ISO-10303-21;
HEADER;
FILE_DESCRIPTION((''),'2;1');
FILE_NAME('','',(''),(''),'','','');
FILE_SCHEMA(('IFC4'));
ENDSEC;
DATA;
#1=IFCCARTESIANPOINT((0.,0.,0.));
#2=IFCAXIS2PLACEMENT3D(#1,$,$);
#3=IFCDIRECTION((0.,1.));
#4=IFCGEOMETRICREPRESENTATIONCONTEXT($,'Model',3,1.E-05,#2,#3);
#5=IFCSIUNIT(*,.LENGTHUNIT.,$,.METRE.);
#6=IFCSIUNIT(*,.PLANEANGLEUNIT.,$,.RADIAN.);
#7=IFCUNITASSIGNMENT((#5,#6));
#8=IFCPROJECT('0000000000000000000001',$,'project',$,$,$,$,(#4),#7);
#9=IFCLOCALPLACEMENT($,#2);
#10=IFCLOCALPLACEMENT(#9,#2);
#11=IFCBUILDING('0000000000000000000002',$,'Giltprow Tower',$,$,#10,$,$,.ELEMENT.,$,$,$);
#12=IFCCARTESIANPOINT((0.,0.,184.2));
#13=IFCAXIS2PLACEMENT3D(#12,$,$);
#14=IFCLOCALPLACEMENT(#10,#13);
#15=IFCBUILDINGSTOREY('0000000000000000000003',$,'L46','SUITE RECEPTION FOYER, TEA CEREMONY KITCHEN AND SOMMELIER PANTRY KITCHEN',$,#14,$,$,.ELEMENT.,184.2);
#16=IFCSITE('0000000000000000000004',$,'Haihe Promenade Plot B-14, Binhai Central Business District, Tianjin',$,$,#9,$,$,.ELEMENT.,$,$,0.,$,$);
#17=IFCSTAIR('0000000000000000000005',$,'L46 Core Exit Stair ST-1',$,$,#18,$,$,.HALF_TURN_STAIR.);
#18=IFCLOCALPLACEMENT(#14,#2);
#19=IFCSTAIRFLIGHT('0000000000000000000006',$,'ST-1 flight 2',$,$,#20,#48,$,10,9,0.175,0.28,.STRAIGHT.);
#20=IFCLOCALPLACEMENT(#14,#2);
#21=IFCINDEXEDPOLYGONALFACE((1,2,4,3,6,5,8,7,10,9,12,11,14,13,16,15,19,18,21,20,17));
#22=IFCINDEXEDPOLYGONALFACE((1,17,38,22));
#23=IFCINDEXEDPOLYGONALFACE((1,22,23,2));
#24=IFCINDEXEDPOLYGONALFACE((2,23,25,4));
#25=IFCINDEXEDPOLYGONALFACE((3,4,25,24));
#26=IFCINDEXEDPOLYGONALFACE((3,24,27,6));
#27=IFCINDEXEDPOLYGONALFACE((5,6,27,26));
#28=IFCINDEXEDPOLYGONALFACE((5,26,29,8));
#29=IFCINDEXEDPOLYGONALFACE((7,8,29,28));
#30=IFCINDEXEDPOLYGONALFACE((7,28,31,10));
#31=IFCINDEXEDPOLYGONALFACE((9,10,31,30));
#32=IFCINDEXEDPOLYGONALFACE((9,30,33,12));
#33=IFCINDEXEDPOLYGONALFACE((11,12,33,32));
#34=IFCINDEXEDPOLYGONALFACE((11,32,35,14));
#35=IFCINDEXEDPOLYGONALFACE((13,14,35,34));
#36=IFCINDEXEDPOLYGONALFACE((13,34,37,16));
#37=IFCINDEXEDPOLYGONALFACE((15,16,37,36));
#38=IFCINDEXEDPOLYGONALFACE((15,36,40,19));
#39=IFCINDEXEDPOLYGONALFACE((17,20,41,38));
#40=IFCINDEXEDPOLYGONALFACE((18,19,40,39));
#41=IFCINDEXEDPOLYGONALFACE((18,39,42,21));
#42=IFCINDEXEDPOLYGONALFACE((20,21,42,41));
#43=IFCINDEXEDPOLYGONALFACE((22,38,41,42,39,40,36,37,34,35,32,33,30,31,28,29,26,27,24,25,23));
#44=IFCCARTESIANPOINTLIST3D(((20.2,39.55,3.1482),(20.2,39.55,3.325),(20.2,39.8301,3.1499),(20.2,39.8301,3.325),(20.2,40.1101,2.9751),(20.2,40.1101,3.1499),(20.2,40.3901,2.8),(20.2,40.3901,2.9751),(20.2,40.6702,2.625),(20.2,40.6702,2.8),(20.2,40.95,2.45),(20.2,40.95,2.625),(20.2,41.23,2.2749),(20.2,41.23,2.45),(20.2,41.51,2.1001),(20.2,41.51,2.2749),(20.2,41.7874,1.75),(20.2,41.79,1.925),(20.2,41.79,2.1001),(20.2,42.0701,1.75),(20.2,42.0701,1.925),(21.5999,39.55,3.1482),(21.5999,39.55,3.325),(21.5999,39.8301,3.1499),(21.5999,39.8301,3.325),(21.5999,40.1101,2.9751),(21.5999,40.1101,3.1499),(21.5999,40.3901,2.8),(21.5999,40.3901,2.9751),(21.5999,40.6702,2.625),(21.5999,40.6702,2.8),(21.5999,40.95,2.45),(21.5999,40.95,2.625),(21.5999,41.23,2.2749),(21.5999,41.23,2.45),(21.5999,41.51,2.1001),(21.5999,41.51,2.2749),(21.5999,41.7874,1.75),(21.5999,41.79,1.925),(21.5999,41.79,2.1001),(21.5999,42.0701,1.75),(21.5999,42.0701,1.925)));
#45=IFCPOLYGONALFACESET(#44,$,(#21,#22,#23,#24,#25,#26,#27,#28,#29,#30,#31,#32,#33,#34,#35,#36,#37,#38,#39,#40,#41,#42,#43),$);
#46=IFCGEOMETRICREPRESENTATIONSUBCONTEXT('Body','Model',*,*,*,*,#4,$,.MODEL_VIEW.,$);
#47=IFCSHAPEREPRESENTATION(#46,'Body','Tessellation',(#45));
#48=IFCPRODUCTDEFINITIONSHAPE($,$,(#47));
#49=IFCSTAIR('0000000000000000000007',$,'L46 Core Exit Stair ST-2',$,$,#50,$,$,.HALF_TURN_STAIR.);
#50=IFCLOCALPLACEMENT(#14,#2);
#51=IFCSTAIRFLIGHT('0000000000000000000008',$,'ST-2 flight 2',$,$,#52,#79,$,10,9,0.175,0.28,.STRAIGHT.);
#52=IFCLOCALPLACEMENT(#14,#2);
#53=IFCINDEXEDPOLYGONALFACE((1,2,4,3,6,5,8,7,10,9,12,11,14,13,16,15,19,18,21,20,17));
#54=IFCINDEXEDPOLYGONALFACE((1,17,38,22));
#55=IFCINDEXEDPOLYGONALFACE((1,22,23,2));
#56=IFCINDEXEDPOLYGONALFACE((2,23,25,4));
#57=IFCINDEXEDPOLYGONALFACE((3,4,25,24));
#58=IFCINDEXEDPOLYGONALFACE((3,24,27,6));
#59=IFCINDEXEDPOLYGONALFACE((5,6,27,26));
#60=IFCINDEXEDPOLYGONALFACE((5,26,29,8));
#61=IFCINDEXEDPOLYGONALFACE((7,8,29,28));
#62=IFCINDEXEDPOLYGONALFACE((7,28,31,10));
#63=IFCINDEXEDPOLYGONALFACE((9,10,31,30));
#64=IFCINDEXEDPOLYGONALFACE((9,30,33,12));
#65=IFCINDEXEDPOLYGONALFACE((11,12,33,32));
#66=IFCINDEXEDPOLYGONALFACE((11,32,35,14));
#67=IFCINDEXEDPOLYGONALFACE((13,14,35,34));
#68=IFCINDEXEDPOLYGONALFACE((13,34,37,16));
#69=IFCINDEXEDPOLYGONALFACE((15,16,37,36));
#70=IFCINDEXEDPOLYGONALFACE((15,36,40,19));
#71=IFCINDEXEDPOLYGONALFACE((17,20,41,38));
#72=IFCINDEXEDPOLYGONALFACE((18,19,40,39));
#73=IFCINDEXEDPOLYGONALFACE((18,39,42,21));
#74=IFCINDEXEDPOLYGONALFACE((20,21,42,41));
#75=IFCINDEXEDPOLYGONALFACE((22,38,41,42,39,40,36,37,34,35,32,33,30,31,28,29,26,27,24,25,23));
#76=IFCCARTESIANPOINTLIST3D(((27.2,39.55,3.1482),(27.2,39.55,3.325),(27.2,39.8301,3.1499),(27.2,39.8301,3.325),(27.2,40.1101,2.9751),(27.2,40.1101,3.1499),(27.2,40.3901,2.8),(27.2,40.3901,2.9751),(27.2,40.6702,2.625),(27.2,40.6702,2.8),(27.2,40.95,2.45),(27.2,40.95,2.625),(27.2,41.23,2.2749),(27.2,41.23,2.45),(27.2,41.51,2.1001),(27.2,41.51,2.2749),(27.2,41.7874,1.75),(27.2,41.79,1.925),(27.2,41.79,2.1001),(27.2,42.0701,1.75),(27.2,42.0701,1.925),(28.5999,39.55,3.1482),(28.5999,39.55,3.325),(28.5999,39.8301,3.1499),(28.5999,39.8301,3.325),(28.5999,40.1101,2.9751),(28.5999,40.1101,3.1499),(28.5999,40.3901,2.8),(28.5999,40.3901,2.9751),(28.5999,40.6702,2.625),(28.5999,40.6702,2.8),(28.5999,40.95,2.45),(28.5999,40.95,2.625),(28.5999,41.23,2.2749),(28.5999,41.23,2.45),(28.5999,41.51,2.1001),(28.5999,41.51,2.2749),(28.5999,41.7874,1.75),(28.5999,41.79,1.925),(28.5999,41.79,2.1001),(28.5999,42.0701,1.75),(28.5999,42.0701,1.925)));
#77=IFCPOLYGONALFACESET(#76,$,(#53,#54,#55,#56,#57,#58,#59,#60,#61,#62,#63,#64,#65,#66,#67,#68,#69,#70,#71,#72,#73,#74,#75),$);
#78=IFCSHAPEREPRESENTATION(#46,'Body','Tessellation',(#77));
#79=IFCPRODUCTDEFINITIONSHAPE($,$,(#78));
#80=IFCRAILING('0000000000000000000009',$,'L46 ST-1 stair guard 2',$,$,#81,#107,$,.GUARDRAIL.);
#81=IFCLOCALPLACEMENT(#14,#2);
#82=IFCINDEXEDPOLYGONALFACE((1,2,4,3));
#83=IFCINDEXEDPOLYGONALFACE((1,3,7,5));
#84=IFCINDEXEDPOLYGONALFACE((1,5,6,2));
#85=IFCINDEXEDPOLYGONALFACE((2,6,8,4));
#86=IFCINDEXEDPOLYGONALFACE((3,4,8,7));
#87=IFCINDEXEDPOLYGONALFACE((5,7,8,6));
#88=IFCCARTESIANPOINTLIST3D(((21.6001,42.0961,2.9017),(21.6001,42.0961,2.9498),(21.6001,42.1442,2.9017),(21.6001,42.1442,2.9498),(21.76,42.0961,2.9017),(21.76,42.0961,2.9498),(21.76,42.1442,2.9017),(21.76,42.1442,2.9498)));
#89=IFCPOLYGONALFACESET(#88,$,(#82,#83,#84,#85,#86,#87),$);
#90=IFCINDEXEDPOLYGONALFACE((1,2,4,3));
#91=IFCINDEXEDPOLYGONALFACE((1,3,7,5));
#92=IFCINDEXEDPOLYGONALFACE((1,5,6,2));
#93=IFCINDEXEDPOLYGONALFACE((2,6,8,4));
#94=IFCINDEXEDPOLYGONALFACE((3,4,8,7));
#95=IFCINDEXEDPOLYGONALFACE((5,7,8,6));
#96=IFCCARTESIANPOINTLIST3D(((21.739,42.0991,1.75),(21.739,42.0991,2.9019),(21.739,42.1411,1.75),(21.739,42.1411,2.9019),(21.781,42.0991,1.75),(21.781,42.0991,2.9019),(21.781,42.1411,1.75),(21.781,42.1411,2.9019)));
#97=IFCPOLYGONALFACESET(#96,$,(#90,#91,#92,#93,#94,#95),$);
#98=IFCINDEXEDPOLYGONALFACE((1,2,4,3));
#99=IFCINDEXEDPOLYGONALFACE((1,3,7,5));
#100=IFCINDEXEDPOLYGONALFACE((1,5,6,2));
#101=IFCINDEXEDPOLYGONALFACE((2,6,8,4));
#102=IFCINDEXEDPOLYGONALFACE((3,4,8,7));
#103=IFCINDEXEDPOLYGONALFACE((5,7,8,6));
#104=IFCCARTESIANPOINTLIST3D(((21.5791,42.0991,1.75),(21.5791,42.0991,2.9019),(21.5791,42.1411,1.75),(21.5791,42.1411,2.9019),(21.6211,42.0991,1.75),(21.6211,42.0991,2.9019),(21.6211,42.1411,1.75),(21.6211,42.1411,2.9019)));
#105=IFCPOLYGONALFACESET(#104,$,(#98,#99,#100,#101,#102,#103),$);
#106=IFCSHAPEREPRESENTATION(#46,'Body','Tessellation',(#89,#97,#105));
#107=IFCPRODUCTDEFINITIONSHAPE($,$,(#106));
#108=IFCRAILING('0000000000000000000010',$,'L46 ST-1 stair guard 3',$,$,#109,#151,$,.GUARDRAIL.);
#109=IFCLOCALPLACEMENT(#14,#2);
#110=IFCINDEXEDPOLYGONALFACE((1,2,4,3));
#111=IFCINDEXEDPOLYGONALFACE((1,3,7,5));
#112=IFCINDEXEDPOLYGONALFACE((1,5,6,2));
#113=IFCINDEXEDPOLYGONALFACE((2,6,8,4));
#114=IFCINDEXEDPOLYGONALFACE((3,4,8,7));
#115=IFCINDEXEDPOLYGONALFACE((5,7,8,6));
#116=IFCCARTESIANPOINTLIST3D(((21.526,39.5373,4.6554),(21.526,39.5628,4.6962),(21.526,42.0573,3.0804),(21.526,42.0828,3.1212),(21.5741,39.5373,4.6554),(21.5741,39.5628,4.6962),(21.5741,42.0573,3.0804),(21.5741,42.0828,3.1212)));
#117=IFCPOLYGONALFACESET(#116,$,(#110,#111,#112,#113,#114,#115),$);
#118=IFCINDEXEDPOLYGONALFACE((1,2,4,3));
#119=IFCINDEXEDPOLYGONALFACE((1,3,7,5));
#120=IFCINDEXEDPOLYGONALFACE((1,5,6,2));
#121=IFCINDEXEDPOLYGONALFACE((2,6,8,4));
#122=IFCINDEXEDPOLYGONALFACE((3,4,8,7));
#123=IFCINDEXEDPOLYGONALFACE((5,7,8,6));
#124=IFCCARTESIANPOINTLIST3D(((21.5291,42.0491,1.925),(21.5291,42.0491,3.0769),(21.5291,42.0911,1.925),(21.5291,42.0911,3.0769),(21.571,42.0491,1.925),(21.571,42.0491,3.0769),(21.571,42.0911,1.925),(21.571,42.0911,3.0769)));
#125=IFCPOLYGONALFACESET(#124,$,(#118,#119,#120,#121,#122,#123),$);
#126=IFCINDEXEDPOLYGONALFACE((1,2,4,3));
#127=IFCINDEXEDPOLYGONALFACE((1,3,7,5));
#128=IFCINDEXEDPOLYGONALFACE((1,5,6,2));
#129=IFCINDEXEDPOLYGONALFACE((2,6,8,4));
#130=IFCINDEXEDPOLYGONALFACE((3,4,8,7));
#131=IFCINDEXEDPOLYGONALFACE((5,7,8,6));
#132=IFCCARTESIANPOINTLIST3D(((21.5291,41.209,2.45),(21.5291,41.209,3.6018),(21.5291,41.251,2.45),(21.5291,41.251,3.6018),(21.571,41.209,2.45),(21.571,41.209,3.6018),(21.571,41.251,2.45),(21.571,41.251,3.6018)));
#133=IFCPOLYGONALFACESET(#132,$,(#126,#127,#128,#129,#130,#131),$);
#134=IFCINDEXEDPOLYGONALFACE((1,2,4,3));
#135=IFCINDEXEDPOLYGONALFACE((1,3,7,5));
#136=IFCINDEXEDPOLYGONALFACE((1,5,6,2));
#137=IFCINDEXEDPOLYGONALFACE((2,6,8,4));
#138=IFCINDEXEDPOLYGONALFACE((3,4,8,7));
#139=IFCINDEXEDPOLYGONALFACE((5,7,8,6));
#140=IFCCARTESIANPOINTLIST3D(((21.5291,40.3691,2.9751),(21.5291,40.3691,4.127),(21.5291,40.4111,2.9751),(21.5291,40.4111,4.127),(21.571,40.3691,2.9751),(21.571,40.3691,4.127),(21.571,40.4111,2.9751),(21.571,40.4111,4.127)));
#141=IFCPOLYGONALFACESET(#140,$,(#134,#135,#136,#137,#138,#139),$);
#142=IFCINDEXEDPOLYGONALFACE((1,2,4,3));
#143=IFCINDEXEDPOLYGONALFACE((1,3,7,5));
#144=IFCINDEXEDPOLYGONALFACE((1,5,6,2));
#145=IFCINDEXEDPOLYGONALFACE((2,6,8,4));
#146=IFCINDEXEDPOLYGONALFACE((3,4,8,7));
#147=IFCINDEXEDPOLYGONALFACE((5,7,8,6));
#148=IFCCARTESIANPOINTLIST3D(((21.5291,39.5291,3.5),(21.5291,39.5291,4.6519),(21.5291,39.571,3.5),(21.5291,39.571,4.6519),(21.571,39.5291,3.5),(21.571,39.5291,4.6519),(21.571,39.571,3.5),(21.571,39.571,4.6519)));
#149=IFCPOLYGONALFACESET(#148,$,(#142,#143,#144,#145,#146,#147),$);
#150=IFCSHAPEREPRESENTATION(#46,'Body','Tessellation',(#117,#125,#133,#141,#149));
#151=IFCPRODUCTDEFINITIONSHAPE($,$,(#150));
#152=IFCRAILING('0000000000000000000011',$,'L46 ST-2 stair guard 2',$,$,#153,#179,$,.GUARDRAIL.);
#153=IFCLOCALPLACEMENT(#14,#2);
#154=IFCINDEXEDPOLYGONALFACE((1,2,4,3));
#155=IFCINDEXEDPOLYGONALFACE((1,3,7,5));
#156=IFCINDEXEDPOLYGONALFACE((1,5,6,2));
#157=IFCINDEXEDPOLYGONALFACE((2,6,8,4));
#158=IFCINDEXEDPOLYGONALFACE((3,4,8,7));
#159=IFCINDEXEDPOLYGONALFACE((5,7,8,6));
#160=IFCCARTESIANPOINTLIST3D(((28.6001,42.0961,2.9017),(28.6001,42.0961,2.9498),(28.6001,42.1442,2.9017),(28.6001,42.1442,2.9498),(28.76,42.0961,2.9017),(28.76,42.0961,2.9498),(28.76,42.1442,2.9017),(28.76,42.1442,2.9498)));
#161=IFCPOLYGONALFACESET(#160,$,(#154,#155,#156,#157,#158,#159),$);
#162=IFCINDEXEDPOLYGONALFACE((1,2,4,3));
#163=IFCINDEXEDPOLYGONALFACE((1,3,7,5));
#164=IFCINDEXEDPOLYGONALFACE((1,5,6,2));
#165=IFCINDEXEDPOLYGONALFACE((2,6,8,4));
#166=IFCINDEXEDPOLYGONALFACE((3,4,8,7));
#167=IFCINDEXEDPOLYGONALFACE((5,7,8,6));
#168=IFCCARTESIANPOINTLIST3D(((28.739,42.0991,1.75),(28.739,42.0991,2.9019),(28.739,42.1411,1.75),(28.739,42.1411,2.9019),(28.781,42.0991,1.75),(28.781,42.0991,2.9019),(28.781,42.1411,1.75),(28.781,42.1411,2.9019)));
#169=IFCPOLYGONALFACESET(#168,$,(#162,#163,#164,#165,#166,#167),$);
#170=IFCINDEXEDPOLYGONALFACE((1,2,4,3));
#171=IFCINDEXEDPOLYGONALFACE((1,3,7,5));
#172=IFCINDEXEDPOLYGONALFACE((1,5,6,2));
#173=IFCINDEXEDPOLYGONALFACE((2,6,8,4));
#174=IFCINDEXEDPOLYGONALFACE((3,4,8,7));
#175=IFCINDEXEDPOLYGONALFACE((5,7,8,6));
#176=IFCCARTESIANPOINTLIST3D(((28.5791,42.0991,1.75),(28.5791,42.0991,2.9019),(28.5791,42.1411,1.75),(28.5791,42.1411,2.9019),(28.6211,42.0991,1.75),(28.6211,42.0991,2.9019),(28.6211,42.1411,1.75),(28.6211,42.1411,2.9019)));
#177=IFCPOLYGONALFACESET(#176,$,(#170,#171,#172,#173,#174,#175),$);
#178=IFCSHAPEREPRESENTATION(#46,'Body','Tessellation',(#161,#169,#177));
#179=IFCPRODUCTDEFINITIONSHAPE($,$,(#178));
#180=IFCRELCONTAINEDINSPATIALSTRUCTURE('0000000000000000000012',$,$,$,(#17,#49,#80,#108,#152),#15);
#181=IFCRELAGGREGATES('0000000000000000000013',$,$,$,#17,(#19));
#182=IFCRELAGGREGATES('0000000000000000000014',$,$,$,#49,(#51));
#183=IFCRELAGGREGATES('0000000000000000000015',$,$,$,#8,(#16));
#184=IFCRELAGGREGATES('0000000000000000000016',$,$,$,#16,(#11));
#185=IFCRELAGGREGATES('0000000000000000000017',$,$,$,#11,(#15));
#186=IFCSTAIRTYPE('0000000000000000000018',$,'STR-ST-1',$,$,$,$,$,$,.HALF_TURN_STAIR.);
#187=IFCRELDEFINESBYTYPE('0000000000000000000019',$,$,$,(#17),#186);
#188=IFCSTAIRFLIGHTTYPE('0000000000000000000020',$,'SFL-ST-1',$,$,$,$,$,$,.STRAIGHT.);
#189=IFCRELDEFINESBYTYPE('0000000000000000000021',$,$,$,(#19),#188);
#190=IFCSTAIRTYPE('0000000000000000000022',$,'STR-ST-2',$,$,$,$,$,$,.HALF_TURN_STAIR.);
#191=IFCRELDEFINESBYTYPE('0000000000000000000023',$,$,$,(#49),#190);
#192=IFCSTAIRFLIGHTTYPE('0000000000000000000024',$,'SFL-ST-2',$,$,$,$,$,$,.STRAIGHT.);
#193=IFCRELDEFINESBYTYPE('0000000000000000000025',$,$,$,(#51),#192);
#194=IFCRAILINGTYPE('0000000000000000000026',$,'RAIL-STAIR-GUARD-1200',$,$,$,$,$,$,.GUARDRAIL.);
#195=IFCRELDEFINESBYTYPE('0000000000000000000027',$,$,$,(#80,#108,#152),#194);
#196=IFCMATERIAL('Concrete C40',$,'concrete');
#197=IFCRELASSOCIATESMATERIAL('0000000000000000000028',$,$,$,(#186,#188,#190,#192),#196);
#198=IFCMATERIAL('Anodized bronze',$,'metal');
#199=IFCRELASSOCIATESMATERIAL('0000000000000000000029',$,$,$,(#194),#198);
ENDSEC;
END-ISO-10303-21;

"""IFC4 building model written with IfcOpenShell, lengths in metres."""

from ifc_helpers import new_model, si_unit, direction, frame, origin, origin_2d, place, context, subcontext, project, spatial, polyline, rectangle, outline, extrude, material, type_object, element, aggregate, save


model = new_model("IFC4")

# Units and contexts
model_context = context("Model", 3, precision=1e-05, world=origin(), true_north=direction((0.0, 1.0)))
body_context = subcontext(model_context, "Body", "Model", "MODEL_VIEW")
ifc_project = project(units=[si_unit("LENGTHUNIT", "METRE"), si_unit("PLANEANGLEUNIT", "RADIAN")], contexts=[model_context])

# Site, building, storey
site_placement = place(None, origin())
site = spatial("IfcSite", under=ifc_project, at=site_placement, Name="Haihe Promenade Plot B-14, Binhai Central Business District, Tianjin", CompositionType="ELEMENT", RefElevation=0.0)
building_placement = place(site_placement, origin())
building = spatial("IfcBuilding", under=site, at=building_placement, Name="Giltprow Tower", CompositionType="ELEMENT")
storey_placement = place(building_placement, frame((0.0, 0.0, 184.2)))
storey = spatial("IfcBuildingStorey", under=building, at=storey_placement, Name="L46", Description="SUITE RECEPTION FOYER, TEA CEREMONY KITCHEN AND SOMMELIER PANTRY KITCHEN", CompositionType="ELEMENT", Elevation=184.2)

# Shared definitions
ifc_material_1 = material(Name="Concrete C40", Category="concrete")

# Stairs, stair flights
stair_type_1 = type_object("IfcStairType", Name="STR-ST-1", PredefinedType="HALF_TURN_STAIR", material=ifc_material_1)
stair_1_placement = place(storey_placement, origin())
stair_1 = element("IfcStair", 1, at=stair_1_placement, inside=storey, type_object=stair_type_1, Name="L46 Core Exit Stair ST-1", PredefinedType="HALF_TURN_STAIR")
stair_flight_type_1 = type_object("IfcStairFlightType", Name="SFL-ST-1", PredefinedType="STRAIGHT", material=ifc_material_1)
stair_flight_1_placement = place(storey_placement, frame((20.8999, 42.0701, 1.75), z_axis=(0.0, 0.0, 1.0), x_axis=(0.0, -1.0, 0.0)))
stair_flight_1 = element("IfcStairFlight", 2, at=stair_flight_1_placement, type_object=stair_flight_type_1, Name="ST-1 flight 2", NumberOfRisers=10, NumberOfTreads=9, PredefinedType="STRAIGHT", RiserHeight=0.175, TreadLength=0.28, context=body_context, shape_type="SweptSolid", body=[
    extrude(outline(polyline([(0.0, 0.0), (0.0, 0.175), (0.28, 0.175), (0.28, 0.3501), (0.5601, 0.3501), (0.5601, 0.5249), (0.8401, 0.5249), (0.8401, 0.7), (1.1201, 0.7), (1.1201, 0.875), (1.3999, 0.875), (1.3999, 1.05), (1.6799, 1.05), (1.6799, 1.2251), (1.96, 1.2251), (1.96, 1.3999), (2.24, 1.3999), (2.24, 1.575), (2.52, 1.575), (2.52, 1.75), (2.52, 1.3982), (0.2827, 0.0), (0.0, 0.0)])), frame((0.0, 0.7, 0.0), z_axis=(0.0, -1.0, 0.0), x_axis=(1.0, 0.0, 0.0)), (0.0, 0.0, 1.0), 1.3999),
])
aggregate(stair_1, [stair_flight_1])
stair_type_2 = type_object("IfcStairType", Name="STR-ST-2", PredefinedType="HALF_TURN_STAIR", material=ifc_material_1)
stair_2_placement = place(storey_placement, origin())
stair_2 = element("IfcStair", 3, at=stair_2_placement, inside=storey, type_object=stair_type_2, Name="L46 Core Exit Stair ST-2", PredefinedType="HALF_TURN_STAIR")
stair_flight_type_2 = type_object("IfcStairFlightType", Name="SFL-ST-2", PredefinedType="STRAIGHT", material=ifc_material_1)
stair_flight_2_placement = place(storey_placement, frame((27.8999, 42.0701, 1.75), z_axis=(0.0, 0.0, 1.0), x_axis=(0.0, -1.0, 0.0)))
stair_flight_2 = element("IfcStairFlight", 4, at=stair_flight_2_placement, type_object=stair_flight_type_2, Name="ST-2 flight 2", NumberOfRisers=10, NumberOfTreads=9, PredefinedType="STRAIGHT", RiserHeight=0.175, TreadLength=0.28, context=body_context, shape_type="SweptSolid", body=[
    extrude(outline(polyline([(0.0, 0.0), (0.0, 0.175), (0.28, 0.175), (0.28, 0.3501), (0.5601, 0.3501), (0.5601, 0.5249), (0.8401, 0.5249), (0.8401, 0.7), (1.1201, 0.7), (1.1201, 0.875), (1.3999, 0.875), (1.3999, 1.05), (1.6799, 1.05), (1.6799, 1.2251), (1.96, 1.2251), (1.96, 1.3999), (2.24, 1.3999), (2.24, 1.575), (2.52, 1.575), (2.52, 1.75), (2.52, 1.3982), (0.2827, 0.0), (0.0, 0.0)])), frame((0.0, 0.7, 0.0), z_axis=(0.0, -1.0, 0.0), x_axis=(1.0, 0.0, 0.0)), (0.0, 0.0, 1.0), 1.3999),
])
aggregate(stair_2, [stair_flight_2])

# Railings
ifc_material_2 = material(Name="Anodized bronze", Category="metal")
railing_type_1 = type_object("IfcRailingType", Name="RAIL-STAIR-GUARD-1200", PredefinedType="GUARDRAIL", material=ifc_material_2)
railing_1_placement = place(storey_placement, frame((21.76, 42.1201, 1.75)))
element("IfcRailing", 5, at=railing_1_placement, inside=storey, type_object=railing_type_1, Name="L46 ST-1 stair guard 2", PredefinedType="GUARDRAIL", context=body_context, shape_type="SweptSolid", body=[
    extrude(rectangle(XDim=0.0481, YDim=0.0481, at=origin_2d()), frame((0.0, 0.0, 1.1758), z_axis=(-1.0, 0.0, 0.0), x_axis=(0.0, -1.0, 0.0)), (0.0, 0.0, 1.0), 0.1599),
    extrude(rectangle(XDim=0.042, YDim=0.042, at=origin_2d()), origin(), (0.0, 0.0, 1.0), 1.1519),
    extrude(rectangle(XDim=0.042, YDim=0.042, at=origin_2d()), frame((-0.1599, 0.0, 0.0)), (0.0, 0.0, 1.0), 1.1519),
])
railing_2_placement = place(storey_placement, frame((21.55, 42.0701, 1.925)))
element("IfcRailing", 6, at=railing_2_placement, inside=storey, type_object=railing_type_1, Name="L46 ST-1 stair guard 3", PredefinedType="GUARDRAIL", context=body_context, shape_type="SweptSolid", body=[
    extrude(rectangle(XDim=0.0481, YDim=0.0481, at=origin_2d()), frame((0.0, 0.0, 1.1758), z_axis=(0.0, -0.848008, 0.529984), x_axis=(1.0, 0.0, 0.0)), (0.0, 0.0, 1.0), 2.9717),
    extrude(rectangle(XDim=0.042, YDim=0.042, at=origin_2d()), origin(), (0.0, 0.0, 1.0), 1.1519),
    extrude(rectangle(XDim=0.042, YDim=0.042, at=origin_2d()), frame((0.0, -0.8401, 0.5249)), (0.0, 0.0, 1.0), 1.1519),
    extrude(rectangle(XDim=0.042, YDim=0.042, at=origin_2d()), frame((0.0, -1.6799, 1.05)), (0.0, 0.0, 1.0), 1.1519),
    extrude(rectangle(XDim=0.042, YDim=0.042, at=origin_2d()), frame((0.0, -2.52, 1.575)), (0.0, 0.0, 1.0), 1.1519),
])
railing_3_placement = place(storey_placement, frame((28.76, 42.1201, 1.75)))
element("IfcRailing", 7, at=railing_3_placement, inside=storey, type_object=railing_type_1, Name="L46 ST-2 stair guard 2", PredefinedType="GUARDRAIL", context=body_context, shape_type="SweptSolid", body=[
    extrude(rectangle(XDim=0.0481, YDim=0.0481, at=origin_2d()), frame((0.0, 0.0, 1.1758), z_axis=(-1.0, 0.0, 0.0), x_axis=(0.0, -1.0, 0.0)), (0.0, 0.0, 1.0), 0.1599),
    extrude(rectangle(XDim=0.042, YDim=0.042, at=origin_2d()), origin(), (0.0, 0.0, 1.0), 1.1519),
    extrude(rectangle(XDim=0.042, YDim=0.042, at=origin_2d()), frame((-0.1599, 0.0, 0.0)), (0.0, 0.0, 1.0), 1.1519),
])

save(model, "model.ifc")
